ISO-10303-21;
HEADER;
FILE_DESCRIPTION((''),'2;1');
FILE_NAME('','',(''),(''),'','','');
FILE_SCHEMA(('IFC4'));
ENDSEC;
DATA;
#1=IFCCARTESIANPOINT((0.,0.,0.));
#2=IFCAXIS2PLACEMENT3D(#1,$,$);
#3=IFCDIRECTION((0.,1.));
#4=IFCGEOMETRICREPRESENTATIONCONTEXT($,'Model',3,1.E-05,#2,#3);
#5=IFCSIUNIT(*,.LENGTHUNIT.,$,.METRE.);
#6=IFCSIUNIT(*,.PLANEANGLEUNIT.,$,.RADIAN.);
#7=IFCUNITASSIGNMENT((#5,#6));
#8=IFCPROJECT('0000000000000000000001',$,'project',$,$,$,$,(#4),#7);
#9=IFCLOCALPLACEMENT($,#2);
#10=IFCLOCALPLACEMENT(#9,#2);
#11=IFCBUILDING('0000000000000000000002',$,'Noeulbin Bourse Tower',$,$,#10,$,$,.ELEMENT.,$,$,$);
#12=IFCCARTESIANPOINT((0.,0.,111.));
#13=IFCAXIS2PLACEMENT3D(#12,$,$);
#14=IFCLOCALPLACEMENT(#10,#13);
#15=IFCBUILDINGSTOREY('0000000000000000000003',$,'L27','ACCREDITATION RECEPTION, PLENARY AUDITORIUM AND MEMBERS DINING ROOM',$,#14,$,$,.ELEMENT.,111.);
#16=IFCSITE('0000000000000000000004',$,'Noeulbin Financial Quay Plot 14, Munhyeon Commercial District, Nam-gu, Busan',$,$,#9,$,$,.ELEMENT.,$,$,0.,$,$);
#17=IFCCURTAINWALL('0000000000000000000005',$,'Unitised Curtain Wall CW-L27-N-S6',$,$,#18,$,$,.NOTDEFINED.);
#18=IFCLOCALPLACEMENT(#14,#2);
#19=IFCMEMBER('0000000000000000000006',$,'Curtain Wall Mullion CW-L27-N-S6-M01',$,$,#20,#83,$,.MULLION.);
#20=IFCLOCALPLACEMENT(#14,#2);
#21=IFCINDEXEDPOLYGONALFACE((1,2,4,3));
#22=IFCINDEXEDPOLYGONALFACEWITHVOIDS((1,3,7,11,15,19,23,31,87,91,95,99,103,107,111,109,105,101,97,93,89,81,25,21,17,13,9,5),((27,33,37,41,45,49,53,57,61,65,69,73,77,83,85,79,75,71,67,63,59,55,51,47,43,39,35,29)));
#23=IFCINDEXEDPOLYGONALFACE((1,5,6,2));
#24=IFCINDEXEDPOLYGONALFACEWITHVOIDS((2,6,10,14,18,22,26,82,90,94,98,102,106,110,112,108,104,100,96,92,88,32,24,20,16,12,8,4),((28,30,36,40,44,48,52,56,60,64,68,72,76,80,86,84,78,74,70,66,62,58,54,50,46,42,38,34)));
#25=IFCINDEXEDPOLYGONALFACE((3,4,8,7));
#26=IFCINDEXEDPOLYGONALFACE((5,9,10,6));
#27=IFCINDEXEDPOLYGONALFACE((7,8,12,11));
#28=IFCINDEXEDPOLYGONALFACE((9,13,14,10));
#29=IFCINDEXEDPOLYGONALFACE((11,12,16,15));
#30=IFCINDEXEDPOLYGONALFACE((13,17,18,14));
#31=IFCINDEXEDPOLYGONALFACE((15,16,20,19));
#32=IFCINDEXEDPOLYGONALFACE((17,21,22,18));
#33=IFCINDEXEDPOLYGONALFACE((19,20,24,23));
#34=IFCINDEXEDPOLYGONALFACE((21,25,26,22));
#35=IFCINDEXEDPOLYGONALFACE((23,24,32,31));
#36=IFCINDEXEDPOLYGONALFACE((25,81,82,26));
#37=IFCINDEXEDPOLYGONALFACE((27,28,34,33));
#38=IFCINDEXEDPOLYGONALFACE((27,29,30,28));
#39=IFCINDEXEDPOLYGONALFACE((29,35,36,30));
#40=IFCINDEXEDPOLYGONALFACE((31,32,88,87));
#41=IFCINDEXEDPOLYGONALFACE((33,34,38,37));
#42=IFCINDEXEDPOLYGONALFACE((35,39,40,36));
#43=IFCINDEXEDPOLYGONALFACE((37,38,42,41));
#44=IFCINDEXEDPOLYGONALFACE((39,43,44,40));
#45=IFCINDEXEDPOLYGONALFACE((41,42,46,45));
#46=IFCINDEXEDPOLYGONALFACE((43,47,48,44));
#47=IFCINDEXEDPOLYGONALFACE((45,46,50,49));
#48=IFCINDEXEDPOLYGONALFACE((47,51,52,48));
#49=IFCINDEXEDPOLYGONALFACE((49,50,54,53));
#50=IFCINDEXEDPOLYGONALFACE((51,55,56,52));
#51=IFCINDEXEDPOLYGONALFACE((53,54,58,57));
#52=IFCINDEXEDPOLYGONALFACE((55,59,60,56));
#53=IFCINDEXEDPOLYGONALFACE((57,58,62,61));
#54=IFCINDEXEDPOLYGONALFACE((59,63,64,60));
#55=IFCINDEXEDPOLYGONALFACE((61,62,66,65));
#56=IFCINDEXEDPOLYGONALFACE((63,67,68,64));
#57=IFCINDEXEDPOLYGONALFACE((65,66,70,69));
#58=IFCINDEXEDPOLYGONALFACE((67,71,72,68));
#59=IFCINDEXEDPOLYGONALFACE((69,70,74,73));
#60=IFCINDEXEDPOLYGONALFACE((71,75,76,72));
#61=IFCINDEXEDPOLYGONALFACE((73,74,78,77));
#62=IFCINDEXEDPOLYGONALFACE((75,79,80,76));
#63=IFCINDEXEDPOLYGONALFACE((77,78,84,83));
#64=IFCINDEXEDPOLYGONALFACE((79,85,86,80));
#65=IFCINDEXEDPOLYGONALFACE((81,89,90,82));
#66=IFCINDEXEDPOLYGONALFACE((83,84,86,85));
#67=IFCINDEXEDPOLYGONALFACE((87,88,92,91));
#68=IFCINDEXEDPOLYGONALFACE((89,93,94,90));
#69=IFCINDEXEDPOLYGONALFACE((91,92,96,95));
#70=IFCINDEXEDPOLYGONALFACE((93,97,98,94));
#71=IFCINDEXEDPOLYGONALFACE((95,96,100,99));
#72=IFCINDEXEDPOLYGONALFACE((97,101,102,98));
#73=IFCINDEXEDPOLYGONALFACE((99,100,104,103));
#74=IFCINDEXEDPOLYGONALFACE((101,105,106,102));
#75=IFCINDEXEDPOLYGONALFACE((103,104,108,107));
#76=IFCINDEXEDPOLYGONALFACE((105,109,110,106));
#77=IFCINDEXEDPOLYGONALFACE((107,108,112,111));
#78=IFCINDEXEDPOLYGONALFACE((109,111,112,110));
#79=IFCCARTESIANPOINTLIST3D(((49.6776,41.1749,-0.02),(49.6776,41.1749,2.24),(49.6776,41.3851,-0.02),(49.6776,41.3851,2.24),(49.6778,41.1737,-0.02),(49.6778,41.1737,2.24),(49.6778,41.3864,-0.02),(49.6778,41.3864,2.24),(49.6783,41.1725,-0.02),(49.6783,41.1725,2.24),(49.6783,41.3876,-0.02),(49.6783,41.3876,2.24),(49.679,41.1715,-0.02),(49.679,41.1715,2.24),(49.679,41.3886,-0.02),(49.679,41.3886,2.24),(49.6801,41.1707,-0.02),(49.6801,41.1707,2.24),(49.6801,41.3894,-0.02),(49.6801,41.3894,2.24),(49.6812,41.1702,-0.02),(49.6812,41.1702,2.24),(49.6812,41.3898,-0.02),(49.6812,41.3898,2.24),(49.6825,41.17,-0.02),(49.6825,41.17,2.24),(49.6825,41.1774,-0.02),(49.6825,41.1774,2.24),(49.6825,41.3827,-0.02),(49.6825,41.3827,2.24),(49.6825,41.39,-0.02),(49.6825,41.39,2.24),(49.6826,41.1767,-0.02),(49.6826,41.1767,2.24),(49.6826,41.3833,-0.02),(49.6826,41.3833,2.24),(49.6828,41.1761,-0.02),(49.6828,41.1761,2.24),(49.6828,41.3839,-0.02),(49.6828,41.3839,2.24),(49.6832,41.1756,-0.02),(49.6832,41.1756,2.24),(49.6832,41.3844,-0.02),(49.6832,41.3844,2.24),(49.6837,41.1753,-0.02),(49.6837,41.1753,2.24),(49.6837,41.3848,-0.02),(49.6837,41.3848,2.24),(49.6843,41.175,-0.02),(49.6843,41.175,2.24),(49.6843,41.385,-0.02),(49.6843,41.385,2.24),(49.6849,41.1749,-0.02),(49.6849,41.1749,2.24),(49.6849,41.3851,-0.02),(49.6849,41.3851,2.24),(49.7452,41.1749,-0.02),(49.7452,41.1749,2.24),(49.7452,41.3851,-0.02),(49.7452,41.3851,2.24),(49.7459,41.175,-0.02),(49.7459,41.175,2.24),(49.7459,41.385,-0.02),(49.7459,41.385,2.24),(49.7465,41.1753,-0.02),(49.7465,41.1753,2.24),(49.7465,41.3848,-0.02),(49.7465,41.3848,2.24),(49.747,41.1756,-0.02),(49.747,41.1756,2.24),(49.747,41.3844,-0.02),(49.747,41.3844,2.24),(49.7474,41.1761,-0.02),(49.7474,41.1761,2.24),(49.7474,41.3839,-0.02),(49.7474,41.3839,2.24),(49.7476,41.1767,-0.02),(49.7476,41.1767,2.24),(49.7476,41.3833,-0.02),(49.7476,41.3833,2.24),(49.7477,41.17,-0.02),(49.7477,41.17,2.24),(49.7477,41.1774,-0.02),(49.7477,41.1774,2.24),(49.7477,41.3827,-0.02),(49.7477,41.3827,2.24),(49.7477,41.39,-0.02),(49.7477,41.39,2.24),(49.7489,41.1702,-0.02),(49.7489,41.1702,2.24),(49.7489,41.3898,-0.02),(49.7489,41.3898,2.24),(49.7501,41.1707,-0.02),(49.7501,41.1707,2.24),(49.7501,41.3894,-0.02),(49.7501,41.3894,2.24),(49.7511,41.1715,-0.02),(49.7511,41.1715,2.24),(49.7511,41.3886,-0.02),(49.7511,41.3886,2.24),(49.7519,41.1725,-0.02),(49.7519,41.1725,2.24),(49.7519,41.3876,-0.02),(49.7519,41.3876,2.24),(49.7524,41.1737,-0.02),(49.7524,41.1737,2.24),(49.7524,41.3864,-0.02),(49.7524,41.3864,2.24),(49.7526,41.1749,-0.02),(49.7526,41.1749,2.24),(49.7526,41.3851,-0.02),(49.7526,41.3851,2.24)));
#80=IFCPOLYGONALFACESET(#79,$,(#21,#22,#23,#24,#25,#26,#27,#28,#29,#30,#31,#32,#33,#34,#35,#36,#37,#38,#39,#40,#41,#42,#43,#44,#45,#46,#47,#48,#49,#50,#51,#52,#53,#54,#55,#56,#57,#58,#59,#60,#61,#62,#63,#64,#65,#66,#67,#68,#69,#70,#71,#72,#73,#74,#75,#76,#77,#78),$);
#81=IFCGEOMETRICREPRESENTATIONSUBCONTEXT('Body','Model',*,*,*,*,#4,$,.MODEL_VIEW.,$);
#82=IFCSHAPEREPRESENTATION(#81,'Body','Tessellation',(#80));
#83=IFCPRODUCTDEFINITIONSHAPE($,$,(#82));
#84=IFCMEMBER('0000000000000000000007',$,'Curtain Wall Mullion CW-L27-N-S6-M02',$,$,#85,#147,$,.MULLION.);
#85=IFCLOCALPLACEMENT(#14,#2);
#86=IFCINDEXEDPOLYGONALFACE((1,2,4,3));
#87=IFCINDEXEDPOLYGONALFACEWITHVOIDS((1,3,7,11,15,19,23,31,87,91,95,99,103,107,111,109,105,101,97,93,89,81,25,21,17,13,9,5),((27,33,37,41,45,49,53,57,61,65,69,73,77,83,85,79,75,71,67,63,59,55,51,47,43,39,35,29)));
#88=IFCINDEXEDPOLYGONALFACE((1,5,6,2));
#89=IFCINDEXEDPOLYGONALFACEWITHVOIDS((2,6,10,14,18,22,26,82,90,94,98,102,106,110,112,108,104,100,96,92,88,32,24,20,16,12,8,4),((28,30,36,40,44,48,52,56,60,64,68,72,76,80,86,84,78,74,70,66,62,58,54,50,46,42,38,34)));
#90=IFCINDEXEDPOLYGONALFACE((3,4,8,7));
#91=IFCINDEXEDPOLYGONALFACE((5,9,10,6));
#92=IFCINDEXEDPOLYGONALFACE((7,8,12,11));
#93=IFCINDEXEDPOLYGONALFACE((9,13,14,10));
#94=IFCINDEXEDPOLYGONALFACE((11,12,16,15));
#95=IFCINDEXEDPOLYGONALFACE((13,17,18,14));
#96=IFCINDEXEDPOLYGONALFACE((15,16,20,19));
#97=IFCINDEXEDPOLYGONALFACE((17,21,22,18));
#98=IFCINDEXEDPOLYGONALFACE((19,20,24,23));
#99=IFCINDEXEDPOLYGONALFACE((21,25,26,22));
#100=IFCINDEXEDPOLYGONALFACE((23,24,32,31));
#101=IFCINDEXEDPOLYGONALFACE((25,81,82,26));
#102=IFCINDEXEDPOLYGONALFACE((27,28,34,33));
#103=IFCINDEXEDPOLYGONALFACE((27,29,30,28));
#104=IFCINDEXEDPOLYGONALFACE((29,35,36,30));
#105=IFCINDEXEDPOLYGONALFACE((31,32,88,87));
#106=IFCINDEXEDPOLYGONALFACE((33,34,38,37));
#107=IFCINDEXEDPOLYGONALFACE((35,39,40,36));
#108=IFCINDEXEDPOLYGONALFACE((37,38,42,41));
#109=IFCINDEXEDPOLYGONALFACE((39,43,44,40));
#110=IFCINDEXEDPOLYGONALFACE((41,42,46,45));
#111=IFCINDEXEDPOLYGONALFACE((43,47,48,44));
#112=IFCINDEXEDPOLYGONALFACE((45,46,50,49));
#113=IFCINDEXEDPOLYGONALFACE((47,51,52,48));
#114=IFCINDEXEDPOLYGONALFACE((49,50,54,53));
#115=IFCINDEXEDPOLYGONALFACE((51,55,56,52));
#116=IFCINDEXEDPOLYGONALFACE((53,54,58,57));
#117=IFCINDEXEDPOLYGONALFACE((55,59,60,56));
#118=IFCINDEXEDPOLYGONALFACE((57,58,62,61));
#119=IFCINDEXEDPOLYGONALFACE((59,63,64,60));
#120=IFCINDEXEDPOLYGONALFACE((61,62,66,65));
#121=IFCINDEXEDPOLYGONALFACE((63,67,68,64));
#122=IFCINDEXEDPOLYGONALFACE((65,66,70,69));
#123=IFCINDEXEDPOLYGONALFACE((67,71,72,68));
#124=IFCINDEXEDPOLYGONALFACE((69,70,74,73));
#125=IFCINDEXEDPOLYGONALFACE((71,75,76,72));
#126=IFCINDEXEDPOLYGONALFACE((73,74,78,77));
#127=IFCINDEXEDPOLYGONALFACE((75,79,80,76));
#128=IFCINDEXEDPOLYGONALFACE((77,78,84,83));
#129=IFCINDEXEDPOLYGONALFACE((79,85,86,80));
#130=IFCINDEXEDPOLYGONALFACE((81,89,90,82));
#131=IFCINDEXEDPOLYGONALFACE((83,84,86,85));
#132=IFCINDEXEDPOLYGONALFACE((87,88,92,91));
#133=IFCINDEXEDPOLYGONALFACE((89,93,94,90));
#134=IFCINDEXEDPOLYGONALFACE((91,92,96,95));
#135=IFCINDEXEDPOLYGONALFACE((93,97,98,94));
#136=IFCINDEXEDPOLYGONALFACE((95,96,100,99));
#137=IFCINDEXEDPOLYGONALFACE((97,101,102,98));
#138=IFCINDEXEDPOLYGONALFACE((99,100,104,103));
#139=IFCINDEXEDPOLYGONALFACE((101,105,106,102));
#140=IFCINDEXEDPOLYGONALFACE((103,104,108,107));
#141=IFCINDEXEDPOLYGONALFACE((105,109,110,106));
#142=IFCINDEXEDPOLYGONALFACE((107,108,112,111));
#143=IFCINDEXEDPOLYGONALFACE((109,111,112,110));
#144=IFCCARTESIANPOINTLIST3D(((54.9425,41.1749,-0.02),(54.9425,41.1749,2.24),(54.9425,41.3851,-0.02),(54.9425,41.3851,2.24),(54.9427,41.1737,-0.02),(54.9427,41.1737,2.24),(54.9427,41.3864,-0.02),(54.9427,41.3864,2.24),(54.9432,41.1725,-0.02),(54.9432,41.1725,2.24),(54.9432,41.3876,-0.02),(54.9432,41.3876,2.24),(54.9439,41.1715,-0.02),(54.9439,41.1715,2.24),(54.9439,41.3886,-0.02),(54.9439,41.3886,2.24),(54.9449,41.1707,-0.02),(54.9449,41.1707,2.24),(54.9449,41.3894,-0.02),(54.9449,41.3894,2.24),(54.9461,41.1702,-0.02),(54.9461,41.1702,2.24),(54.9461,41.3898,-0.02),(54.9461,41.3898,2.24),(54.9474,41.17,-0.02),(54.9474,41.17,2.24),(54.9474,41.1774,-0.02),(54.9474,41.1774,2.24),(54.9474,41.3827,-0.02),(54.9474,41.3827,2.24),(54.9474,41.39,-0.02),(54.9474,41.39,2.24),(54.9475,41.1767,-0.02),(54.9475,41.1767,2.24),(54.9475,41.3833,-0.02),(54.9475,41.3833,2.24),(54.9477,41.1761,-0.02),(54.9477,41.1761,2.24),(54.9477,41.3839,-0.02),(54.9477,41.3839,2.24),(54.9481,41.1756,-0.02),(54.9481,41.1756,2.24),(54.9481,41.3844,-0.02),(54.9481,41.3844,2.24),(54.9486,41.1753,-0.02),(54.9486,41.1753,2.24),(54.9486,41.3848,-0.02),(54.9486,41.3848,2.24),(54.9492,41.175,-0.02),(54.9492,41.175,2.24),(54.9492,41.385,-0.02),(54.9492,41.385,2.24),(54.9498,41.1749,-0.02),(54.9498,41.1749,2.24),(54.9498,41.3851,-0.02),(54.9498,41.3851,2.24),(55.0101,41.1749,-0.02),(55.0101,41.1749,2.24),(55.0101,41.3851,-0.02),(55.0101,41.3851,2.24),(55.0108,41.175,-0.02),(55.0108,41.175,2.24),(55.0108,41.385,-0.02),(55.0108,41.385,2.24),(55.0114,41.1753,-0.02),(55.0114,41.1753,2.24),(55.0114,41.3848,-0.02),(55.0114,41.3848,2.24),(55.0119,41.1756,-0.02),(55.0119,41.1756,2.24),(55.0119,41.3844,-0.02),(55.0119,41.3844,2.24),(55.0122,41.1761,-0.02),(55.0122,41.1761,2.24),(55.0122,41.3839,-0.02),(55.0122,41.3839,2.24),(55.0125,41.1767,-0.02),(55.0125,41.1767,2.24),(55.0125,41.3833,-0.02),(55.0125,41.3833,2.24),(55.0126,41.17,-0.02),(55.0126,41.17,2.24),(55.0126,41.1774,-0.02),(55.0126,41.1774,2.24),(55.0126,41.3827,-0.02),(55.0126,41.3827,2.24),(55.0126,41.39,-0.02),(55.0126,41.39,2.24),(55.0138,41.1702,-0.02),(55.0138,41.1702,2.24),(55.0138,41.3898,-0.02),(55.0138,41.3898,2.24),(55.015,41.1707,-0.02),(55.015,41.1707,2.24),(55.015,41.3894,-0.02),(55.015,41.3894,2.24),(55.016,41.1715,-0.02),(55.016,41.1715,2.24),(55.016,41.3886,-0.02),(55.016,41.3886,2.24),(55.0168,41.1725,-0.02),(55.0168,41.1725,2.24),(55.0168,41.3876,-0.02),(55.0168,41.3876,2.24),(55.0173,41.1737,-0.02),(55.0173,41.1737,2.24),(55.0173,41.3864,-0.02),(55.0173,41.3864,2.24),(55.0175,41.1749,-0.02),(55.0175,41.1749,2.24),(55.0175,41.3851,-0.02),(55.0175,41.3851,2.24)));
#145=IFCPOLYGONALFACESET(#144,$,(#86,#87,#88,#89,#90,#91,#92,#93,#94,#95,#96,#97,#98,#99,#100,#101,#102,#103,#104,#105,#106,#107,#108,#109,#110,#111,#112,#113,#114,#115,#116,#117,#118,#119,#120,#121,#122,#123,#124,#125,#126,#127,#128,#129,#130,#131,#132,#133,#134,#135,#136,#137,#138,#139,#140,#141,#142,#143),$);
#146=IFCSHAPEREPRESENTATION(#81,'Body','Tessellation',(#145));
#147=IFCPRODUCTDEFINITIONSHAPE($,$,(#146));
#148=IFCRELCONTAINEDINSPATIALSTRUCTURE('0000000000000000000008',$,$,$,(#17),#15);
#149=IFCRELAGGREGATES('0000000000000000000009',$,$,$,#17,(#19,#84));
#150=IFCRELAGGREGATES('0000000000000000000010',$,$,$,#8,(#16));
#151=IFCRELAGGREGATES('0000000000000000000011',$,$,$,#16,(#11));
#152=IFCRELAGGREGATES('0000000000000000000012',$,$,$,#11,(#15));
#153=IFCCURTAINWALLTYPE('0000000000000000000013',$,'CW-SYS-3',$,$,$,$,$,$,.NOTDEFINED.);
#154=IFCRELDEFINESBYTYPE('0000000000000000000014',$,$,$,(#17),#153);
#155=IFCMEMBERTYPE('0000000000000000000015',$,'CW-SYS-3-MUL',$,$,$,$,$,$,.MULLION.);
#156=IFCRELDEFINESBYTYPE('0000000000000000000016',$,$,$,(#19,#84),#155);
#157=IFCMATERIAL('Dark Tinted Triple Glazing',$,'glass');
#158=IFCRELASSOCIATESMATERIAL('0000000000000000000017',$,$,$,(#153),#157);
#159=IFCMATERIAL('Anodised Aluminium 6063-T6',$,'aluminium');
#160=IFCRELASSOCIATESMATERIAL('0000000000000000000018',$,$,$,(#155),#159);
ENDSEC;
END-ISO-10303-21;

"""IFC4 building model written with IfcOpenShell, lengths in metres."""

from ifc_helpers import new_model, si_unit, direction, frame, origin, origin_2d, place, context, subcontext, project, spatial, hollow_rectangle, extrude, material, material_profile, profile_set, type_object, element, aggregate, save


model = new_model("IFC4")

# Units and contexts
model_context = context("Model", 3, precision=1e-05, world=origin(), true_north=direction((0.0, 1.0)))
body_context = subcontext(model_context, "Body", "Model", "MODEL_VIEW")
ifc_project = project(units=[si_unit("LENGTHUNIT", "METRE"), si_unit("PLANEANGLEUNIT", "RADIAN")], contexts=[model_context])

# Site, building, storey
site_placement = place(None, origin())
site = spatial("IfcSite", under=ifc_project, at=site_placement, Name="Noeulbin Financial Quay Plot 14, Munhyeon Commercial District, Nam-gu, Busan", CompositionType="ELEMENT", RefElevation=0.0)
building_placement = place(site_placement, origin())
building = spatial("IfcBuilding", under=site, at=building_placement, Name="Noeulbin Bourse Tower", CompositionType="ELEMENT")
storey_placement = place(building_placement, frame((0.0, 0.0, 111.0)))
storey = spatial("IfcBuildingStorey", under=building, at=storey_placement, Name="L27", Description="ACCREDITATION RECEPTION, PLENARY AUDITORIUM AND MEMBERS DINING ROOM", CompositionType="ELEMENT", Elevation=111.0)

# Curtain wall, members
ifc_material_1 = material(Name="Dark Tinted Triple Glazing", Category="glass")
curtain_wall_type = type_object("IfcCurtainWallType", Name="CW-SYS-3", PredefinedType="NOTDEFINED", material=ifc_material_1)
curtain_wall_1_placement = place(storey_placement, origin())
curtain_wall_1 = element("IfcCurtainWall", 1, at=curtain_wall_1_placement, inside=storey, type_object=curtain_wall_type, Name="Unitised Curtain Wall CW-L27-N-S6", PredefinedType="NOTDEFINED")
ifc_material_2 = material(Name="Anodised Aluminium 6063-T6", Category="aluminium")
ifc_material_profile_1 = material_profile(ifc_material_2, hollow_rectangle(XDim=0.075, YDim=0.22, WallThickness=0.0049, InnerFilletRadius=0.0024, OuterFilletRadius=0.0049, at=origin_2d()), Name="ALU-MULL-75x220x5", Category="LoadBearing")
ifc_profile_set_1 = profile_set([ifc_material_profile_1], Name="Anodised Aluminium 6063-T6")
member_type_1 = type_object("IfcMemberType", Name="CW-SYS-3-MUL", PredefinedType="MULLION", material=ifc_profile_set_1)
member_1_placement = place(storey_placement, frame((49.7151, 41.28, -0.02), z_axis=(0.0, 0.0, 1.0), x_axis=(1.0, 0.0, 0.0)))
member_1 = element("IfcMember", 2, at=member_1_placement, type_object=member_type_1, Name="Curtain Wall Mullion CW-L27-N-S6-M01", PredefinedType="MULLION", context=body_context, shape_type="SweptSolid", body=[
    extrude(hollow_rectangle(XDim=0.075, YDim=0.22, WallThickness=0.0049, InnerFilletRadius=0.0024, OuterFilletRadius=0.0049, at=origin_2d()), origin(), (0.0, 0.0, 1.0), 2.26),
])
member_2_placement = place(storey_placement, frame((54.98, 41.28, -0.02), z_axis=(0.0, 0.0, 1.0), x_axis=(1.0, 0.0, 0.0)))
member_2 = element("IfcMember", 3, at=member_2_placement, type_object=member_type_1, Name="Curtain Wall Mullion CW-L27-N-S6-M02", PredefinedType="MULLION", context=body_context, shape_type="SweptSolid", body=[
    extrude(hollow_rectangle(XDim=0.075, YDim=0.22, WallThickness=0.0049, InnerFilletRadius=0.0024, OuterFilletRadius=0.0049, at=origin_2d()), origin(), (0.0, 0.0, 1.0), 2.26),
])

aggregate(curtain_wall_1, [member_1, member_2])

save(model, "model.ifc")
